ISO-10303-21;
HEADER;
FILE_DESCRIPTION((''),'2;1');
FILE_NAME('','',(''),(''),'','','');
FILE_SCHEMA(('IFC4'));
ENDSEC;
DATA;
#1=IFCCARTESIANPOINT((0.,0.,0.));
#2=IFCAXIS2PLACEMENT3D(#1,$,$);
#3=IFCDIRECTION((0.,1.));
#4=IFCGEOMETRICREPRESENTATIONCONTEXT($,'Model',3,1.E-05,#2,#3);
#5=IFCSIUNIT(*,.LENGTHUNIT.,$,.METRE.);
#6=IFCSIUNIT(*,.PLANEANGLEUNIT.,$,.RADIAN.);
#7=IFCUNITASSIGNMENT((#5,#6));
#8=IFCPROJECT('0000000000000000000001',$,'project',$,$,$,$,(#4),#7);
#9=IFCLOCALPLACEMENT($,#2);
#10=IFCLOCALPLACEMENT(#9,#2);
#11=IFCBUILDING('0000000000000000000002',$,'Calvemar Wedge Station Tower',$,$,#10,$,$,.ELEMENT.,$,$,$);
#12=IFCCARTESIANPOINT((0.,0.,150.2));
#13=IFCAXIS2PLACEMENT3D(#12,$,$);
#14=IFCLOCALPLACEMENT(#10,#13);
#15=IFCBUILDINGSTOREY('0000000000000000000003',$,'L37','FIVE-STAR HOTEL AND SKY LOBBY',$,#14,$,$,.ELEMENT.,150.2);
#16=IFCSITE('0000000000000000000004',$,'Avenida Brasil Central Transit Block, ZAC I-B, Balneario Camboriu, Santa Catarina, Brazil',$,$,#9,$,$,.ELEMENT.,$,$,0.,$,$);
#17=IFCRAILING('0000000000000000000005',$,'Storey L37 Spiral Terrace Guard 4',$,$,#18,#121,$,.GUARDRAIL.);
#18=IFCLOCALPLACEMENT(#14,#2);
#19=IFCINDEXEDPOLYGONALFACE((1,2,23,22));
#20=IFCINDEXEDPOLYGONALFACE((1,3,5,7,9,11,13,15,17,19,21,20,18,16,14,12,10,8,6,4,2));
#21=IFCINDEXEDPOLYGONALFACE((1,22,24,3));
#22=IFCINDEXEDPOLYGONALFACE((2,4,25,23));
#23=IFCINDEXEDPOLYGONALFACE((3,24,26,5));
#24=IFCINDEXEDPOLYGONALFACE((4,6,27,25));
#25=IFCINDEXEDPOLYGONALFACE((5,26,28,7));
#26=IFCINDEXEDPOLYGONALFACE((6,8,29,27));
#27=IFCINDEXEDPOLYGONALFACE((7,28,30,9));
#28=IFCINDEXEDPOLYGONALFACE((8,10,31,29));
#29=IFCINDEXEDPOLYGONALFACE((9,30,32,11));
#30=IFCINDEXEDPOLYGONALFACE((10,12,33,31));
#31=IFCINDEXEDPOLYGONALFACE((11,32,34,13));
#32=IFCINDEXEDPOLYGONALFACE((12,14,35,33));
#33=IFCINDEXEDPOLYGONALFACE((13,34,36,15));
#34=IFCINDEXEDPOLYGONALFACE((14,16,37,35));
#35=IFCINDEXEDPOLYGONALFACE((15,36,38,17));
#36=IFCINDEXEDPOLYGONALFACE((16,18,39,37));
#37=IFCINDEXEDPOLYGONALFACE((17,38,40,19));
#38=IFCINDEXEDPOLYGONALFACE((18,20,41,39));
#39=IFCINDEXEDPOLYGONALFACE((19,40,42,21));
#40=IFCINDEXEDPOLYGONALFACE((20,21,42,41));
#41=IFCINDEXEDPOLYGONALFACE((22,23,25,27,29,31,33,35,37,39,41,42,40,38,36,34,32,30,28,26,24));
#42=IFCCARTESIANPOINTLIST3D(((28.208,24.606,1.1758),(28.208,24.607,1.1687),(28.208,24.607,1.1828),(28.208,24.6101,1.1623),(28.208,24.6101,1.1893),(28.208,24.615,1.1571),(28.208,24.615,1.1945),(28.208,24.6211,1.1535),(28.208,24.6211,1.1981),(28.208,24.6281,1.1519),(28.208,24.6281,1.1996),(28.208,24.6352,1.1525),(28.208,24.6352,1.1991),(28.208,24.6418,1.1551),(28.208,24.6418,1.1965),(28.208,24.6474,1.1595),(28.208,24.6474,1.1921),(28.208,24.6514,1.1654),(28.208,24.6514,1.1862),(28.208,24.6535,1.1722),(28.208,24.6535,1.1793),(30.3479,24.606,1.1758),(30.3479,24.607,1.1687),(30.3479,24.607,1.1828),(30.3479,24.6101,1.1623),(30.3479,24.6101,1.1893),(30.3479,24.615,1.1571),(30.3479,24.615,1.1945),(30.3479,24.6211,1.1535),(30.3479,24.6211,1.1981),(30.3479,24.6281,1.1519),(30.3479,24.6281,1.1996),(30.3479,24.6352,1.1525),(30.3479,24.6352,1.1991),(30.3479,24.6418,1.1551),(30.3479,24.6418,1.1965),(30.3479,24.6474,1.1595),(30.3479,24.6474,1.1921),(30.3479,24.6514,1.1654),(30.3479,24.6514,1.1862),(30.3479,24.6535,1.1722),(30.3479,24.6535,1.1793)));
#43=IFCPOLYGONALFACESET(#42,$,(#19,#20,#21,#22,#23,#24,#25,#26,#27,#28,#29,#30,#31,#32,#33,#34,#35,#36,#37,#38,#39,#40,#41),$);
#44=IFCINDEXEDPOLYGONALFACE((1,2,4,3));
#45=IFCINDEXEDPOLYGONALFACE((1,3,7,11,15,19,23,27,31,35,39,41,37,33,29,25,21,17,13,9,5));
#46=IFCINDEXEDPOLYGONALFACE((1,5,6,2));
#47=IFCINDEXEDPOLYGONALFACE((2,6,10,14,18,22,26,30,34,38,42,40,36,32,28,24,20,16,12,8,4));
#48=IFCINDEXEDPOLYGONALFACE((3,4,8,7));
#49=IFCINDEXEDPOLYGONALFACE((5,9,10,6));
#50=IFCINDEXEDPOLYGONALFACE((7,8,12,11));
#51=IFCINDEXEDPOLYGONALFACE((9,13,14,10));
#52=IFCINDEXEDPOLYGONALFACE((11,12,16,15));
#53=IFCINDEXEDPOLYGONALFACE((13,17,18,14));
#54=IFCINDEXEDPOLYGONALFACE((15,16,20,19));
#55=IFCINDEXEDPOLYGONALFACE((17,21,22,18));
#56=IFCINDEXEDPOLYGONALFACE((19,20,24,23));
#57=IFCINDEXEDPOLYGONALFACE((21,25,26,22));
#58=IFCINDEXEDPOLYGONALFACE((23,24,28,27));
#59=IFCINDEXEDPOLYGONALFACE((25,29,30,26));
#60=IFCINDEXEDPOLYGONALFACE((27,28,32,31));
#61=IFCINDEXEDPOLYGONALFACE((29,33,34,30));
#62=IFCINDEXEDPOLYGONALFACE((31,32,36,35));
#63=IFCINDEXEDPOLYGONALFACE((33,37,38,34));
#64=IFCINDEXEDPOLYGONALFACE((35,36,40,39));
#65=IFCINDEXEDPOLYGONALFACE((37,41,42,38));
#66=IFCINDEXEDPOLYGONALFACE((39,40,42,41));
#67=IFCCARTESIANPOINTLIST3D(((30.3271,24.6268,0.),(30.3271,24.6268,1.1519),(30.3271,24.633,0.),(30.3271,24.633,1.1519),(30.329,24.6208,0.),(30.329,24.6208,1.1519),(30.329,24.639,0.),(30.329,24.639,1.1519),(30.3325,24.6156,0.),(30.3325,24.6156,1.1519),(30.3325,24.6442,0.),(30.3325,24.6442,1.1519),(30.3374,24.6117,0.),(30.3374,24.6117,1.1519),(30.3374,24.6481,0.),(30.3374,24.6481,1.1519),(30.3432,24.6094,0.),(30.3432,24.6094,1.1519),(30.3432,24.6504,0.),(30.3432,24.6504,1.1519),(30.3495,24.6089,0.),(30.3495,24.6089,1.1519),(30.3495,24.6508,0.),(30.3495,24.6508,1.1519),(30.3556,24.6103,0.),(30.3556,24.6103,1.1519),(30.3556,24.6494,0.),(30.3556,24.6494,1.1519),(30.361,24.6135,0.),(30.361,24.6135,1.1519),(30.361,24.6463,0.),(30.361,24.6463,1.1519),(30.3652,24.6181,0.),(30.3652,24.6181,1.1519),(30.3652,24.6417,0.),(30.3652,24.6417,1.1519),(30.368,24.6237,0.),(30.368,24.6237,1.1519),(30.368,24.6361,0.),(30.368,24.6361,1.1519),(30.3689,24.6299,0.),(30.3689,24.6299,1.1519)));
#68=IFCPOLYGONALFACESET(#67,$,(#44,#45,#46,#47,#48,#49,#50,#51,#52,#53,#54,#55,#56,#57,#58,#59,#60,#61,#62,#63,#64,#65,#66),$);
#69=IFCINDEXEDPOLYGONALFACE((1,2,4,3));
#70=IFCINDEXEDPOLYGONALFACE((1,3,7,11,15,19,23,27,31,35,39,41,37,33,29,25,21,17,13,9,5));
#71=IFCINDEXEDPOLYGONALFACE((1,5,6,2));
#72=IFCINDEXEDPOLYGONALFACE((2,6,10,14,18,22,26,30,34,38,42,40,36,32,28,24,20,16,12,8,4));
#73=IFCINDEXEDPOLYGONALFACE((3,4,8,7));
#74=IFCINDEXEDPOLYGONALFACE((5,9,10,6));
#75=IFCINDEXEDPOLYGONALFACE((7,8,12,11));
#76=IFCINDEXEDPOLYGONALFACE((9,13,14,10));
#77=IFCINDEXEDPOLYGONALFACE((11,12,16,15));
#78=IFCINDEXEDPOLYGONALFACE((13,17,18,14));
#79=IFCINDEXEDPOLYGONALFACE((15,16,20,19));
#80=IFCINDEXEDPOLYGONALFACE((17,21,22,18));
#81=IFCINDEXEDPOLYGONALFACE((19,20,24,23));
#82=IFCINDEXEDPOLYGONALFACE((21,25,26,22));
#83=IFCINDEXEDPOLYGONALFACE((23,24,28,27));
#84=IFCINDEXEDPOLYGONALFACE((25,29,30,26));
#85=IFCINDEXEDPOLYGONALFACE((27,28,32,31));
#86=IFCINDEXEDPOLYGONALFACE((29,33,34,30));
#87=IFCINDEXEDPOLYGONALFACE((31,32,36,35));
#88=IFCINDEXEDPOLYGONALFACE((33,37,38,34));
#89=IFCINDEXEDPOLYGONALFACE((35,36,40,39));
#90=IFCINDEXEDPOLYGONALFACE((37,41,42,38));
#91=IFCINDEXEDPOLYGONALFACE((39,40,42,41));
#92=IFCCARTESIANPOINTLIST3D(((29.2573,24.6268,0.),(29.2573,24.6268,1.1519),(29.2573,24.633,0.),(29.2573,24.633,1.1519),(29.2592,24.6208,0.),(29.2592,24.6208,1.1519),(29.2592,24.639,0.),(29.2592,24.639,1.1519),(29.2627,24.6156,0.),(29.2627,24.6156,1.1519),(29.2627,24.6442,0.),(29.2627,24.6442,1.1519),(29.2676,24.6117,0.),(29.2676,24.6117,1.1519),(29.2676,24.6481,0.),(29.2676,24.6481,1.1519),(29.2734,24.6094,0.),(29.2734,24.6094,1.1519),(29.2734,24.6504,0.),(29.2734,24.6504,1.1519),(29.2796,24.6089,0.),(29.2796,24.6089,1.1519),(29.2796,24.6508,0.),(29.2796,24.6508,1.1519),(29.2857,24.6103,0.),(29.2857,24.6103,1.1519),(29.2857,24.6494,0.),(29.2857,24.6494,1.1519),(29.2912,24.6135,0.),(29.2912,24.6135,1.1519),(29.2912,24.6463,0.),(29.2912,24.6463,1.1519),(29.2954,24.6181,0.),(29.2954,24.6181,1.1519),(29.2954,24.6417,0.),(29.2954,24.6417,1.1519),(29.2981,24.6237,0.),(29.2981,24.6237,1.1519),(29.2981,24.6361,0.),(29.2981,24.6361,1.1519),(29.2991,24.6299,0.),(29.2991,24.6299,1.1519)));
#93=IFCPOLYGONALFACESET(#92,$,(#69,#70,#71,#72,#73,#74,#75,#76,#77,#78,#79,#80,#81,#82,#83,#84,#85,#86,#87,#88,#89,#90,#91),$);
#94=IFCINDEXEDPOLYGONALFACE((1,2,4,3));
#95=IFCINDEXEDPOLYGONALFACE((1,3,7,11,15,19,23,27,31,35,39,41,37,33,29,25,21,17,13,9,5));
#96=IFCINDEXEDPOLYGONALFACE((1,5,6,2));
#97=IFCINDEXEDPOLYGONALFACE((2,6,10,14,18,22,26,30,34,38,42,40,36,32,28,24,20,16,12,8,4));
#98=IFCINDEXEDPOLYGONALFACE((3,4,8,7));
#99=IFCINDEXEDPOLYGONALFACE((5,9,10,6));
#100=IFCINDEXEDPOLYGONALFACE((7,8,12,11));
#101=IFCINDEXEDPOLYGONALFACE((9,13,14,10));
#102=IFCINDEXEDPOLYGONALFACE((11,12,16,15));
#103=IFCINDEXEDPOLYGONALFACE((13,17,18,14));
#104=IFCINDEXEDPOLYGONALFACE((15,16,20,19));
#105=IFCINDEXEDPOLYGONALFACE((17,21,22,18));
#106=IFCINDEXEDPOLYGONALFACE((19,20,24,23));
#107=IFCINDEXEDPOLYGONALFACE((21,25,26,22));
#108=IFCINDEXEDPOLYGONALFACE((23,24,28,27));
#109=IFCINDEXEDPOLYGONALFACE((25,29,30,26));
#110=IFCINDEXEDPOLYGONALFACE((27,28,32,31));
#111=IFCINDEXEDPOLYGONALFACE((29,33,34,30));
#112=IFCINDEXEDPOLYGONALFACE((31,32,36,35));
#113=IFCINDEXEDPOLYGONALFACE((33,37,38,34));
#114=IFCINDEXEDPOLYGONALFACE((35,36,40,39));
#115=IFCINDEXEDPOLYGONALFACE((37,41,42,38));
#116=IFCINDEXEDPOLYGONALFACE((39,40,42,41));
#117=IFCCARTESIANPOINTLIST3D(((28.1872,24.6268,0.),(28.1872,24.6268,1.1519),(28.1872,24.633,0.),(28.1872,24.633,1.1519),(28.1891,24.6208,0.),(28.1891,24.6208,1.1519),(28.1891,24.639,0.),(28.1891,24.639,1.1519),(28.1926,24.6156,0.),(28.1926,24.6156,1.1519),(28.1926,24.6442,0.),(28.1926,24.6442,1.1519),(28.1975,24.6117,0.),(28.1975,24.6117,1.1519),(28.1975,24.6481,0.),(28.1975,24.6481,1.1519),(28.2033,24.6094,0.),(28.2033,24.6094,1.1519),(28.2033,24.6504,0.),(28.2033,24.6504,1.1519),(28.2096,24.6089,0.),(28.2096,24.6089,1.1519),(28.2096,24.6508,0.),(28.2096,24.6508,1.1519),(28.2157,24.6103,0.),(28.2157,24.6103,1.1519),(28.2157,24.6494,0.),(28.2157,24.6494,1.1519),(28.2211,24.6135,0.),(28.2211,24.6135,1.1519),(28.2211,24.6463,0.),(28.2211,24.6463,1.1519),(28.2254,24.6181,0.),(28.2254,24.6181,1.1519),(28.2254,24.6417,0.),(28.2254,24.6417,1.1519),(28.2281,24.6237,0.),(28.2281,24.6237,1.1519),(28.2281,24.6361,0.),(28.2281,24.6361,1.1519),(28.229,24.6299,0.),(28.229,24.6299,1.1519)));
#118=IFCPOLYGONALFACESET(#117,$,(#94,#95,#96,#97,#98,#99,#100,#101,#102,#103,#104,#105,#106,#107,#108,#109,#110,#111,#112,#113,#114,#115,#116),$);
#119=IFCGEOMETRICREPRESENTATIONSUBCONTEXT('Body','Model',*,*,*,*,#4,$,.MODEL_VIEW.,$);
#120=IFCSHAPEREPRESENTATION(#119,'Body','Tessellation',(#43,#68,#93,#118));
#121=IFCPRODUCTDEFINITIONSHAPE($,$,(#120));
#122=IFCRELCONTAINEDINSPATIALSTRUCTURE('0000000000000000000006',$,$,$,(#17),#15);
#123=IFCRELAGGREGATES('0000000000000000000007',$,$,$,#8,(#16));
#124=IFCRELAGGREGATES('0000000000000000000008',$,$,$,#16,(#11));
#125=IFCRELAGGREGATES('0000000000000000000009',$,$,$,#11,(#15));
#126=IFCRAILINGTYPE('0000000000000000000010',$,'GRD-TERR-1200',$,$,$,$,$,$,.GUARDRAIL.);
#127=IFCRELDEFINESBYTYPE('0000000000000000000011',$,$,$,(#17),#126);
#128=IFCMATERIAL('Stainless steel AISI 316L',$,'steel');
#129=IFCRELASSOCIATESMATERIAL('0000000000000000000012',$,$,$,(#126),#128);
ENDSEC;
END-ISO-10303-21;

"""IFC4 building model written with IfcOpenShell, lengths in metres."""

from ifc_helpers import new_model, si_unit, direction, frame, origin, origin_2d, place, context, subcontext, project, spatial, circle, extrude, material, type_object, element, save


model = new_model("IFC4")

# Units and contexts
model_context = context("Model", 3, precision=1e-05, world=origin(), true_north=direction((0.0, 1.0)))
body_context = subcontext(model_context, "Body", "Model", "MODEL_VIEW")
ifc_project = project(units=[si_unit("LENGTHUNIT", "METRE"), si_unit("PLANEANGLEUNIT", "RADIAN")], contexts=[model_context])

# Site, building, storey
site_placement = place(None, origin())
site = spatial("IfcSite", under=ifc_project, at=site_placement, Name="Avenida Brasil Central Transit Block, ZAC I-B, Balneario Camboriu, Santa Catarina, Brazil", CompositionType="ELEMENT", RefElevation=0.0)
building_placement = place(site_placement, origin())
building = spatial("IfcBuilding", under=site, at=building_placement, Name="Calvemar Wedge Station Tower", CompositionType="ELEMENT")
storey_placement = place(building_placement, frame((0.0, 0.0, 150.2)))
storey = spatial("IfcBuildingStorey", under=building, at=storey_placement, Name="L37", Description="FIVE-STAR HOTEL AND SKY LOBBY", CompositionType="ELEMENT", Elevation=150.2)

# Railing
ifc_material_1 = material(Name="Stainless steel AISI 316L", Category="steel")
railing_type_1 = type_object("IfcRailingType", Name="GRD-TERR-1200", PredefinedType="GUARDRAIL", material=ifc_material_1)
railing_1_placement = place(storey_placement, frame((30.3479, 24.6299, 0.0)))
element("IfcRailing", 1, at=railing_1_placement, inside=storey, type_object=railing_type_1, Name="Storey L37 Spiral Terrace Guard 4", PredefinedType="GUARDRAIL", context=body_context, shape_type="SweptSolid", body=[
    extrude(circle(Radius=0.0239, at=origin_2d()), frame((0.0, 0.0, 1.1758), z_axis=(-1.0, 0.0, 0.0), x_axis=(0.0, -1.0, 0.0)), (0.0, 0.0, 1.0), 2.1399),
    extrude(circle(Radius=0.021, at=origin_2d()), origin(), (0.0, 0.0, 1.0), 1.1519),
    extrude(circle(Radius=0.021, at=origin_2d()), frame((-1.0698, 0.0, 0.0)), (0.0, 0.0, 1.0), 1.1519),
    extrude(circle(Radius=0.021, at=origin_2d()), frame((-2.1399, 0.0, 0.0)), (0.0, 0.0, 1.0), 1.1519),
])

save(model, "model.ifc")
